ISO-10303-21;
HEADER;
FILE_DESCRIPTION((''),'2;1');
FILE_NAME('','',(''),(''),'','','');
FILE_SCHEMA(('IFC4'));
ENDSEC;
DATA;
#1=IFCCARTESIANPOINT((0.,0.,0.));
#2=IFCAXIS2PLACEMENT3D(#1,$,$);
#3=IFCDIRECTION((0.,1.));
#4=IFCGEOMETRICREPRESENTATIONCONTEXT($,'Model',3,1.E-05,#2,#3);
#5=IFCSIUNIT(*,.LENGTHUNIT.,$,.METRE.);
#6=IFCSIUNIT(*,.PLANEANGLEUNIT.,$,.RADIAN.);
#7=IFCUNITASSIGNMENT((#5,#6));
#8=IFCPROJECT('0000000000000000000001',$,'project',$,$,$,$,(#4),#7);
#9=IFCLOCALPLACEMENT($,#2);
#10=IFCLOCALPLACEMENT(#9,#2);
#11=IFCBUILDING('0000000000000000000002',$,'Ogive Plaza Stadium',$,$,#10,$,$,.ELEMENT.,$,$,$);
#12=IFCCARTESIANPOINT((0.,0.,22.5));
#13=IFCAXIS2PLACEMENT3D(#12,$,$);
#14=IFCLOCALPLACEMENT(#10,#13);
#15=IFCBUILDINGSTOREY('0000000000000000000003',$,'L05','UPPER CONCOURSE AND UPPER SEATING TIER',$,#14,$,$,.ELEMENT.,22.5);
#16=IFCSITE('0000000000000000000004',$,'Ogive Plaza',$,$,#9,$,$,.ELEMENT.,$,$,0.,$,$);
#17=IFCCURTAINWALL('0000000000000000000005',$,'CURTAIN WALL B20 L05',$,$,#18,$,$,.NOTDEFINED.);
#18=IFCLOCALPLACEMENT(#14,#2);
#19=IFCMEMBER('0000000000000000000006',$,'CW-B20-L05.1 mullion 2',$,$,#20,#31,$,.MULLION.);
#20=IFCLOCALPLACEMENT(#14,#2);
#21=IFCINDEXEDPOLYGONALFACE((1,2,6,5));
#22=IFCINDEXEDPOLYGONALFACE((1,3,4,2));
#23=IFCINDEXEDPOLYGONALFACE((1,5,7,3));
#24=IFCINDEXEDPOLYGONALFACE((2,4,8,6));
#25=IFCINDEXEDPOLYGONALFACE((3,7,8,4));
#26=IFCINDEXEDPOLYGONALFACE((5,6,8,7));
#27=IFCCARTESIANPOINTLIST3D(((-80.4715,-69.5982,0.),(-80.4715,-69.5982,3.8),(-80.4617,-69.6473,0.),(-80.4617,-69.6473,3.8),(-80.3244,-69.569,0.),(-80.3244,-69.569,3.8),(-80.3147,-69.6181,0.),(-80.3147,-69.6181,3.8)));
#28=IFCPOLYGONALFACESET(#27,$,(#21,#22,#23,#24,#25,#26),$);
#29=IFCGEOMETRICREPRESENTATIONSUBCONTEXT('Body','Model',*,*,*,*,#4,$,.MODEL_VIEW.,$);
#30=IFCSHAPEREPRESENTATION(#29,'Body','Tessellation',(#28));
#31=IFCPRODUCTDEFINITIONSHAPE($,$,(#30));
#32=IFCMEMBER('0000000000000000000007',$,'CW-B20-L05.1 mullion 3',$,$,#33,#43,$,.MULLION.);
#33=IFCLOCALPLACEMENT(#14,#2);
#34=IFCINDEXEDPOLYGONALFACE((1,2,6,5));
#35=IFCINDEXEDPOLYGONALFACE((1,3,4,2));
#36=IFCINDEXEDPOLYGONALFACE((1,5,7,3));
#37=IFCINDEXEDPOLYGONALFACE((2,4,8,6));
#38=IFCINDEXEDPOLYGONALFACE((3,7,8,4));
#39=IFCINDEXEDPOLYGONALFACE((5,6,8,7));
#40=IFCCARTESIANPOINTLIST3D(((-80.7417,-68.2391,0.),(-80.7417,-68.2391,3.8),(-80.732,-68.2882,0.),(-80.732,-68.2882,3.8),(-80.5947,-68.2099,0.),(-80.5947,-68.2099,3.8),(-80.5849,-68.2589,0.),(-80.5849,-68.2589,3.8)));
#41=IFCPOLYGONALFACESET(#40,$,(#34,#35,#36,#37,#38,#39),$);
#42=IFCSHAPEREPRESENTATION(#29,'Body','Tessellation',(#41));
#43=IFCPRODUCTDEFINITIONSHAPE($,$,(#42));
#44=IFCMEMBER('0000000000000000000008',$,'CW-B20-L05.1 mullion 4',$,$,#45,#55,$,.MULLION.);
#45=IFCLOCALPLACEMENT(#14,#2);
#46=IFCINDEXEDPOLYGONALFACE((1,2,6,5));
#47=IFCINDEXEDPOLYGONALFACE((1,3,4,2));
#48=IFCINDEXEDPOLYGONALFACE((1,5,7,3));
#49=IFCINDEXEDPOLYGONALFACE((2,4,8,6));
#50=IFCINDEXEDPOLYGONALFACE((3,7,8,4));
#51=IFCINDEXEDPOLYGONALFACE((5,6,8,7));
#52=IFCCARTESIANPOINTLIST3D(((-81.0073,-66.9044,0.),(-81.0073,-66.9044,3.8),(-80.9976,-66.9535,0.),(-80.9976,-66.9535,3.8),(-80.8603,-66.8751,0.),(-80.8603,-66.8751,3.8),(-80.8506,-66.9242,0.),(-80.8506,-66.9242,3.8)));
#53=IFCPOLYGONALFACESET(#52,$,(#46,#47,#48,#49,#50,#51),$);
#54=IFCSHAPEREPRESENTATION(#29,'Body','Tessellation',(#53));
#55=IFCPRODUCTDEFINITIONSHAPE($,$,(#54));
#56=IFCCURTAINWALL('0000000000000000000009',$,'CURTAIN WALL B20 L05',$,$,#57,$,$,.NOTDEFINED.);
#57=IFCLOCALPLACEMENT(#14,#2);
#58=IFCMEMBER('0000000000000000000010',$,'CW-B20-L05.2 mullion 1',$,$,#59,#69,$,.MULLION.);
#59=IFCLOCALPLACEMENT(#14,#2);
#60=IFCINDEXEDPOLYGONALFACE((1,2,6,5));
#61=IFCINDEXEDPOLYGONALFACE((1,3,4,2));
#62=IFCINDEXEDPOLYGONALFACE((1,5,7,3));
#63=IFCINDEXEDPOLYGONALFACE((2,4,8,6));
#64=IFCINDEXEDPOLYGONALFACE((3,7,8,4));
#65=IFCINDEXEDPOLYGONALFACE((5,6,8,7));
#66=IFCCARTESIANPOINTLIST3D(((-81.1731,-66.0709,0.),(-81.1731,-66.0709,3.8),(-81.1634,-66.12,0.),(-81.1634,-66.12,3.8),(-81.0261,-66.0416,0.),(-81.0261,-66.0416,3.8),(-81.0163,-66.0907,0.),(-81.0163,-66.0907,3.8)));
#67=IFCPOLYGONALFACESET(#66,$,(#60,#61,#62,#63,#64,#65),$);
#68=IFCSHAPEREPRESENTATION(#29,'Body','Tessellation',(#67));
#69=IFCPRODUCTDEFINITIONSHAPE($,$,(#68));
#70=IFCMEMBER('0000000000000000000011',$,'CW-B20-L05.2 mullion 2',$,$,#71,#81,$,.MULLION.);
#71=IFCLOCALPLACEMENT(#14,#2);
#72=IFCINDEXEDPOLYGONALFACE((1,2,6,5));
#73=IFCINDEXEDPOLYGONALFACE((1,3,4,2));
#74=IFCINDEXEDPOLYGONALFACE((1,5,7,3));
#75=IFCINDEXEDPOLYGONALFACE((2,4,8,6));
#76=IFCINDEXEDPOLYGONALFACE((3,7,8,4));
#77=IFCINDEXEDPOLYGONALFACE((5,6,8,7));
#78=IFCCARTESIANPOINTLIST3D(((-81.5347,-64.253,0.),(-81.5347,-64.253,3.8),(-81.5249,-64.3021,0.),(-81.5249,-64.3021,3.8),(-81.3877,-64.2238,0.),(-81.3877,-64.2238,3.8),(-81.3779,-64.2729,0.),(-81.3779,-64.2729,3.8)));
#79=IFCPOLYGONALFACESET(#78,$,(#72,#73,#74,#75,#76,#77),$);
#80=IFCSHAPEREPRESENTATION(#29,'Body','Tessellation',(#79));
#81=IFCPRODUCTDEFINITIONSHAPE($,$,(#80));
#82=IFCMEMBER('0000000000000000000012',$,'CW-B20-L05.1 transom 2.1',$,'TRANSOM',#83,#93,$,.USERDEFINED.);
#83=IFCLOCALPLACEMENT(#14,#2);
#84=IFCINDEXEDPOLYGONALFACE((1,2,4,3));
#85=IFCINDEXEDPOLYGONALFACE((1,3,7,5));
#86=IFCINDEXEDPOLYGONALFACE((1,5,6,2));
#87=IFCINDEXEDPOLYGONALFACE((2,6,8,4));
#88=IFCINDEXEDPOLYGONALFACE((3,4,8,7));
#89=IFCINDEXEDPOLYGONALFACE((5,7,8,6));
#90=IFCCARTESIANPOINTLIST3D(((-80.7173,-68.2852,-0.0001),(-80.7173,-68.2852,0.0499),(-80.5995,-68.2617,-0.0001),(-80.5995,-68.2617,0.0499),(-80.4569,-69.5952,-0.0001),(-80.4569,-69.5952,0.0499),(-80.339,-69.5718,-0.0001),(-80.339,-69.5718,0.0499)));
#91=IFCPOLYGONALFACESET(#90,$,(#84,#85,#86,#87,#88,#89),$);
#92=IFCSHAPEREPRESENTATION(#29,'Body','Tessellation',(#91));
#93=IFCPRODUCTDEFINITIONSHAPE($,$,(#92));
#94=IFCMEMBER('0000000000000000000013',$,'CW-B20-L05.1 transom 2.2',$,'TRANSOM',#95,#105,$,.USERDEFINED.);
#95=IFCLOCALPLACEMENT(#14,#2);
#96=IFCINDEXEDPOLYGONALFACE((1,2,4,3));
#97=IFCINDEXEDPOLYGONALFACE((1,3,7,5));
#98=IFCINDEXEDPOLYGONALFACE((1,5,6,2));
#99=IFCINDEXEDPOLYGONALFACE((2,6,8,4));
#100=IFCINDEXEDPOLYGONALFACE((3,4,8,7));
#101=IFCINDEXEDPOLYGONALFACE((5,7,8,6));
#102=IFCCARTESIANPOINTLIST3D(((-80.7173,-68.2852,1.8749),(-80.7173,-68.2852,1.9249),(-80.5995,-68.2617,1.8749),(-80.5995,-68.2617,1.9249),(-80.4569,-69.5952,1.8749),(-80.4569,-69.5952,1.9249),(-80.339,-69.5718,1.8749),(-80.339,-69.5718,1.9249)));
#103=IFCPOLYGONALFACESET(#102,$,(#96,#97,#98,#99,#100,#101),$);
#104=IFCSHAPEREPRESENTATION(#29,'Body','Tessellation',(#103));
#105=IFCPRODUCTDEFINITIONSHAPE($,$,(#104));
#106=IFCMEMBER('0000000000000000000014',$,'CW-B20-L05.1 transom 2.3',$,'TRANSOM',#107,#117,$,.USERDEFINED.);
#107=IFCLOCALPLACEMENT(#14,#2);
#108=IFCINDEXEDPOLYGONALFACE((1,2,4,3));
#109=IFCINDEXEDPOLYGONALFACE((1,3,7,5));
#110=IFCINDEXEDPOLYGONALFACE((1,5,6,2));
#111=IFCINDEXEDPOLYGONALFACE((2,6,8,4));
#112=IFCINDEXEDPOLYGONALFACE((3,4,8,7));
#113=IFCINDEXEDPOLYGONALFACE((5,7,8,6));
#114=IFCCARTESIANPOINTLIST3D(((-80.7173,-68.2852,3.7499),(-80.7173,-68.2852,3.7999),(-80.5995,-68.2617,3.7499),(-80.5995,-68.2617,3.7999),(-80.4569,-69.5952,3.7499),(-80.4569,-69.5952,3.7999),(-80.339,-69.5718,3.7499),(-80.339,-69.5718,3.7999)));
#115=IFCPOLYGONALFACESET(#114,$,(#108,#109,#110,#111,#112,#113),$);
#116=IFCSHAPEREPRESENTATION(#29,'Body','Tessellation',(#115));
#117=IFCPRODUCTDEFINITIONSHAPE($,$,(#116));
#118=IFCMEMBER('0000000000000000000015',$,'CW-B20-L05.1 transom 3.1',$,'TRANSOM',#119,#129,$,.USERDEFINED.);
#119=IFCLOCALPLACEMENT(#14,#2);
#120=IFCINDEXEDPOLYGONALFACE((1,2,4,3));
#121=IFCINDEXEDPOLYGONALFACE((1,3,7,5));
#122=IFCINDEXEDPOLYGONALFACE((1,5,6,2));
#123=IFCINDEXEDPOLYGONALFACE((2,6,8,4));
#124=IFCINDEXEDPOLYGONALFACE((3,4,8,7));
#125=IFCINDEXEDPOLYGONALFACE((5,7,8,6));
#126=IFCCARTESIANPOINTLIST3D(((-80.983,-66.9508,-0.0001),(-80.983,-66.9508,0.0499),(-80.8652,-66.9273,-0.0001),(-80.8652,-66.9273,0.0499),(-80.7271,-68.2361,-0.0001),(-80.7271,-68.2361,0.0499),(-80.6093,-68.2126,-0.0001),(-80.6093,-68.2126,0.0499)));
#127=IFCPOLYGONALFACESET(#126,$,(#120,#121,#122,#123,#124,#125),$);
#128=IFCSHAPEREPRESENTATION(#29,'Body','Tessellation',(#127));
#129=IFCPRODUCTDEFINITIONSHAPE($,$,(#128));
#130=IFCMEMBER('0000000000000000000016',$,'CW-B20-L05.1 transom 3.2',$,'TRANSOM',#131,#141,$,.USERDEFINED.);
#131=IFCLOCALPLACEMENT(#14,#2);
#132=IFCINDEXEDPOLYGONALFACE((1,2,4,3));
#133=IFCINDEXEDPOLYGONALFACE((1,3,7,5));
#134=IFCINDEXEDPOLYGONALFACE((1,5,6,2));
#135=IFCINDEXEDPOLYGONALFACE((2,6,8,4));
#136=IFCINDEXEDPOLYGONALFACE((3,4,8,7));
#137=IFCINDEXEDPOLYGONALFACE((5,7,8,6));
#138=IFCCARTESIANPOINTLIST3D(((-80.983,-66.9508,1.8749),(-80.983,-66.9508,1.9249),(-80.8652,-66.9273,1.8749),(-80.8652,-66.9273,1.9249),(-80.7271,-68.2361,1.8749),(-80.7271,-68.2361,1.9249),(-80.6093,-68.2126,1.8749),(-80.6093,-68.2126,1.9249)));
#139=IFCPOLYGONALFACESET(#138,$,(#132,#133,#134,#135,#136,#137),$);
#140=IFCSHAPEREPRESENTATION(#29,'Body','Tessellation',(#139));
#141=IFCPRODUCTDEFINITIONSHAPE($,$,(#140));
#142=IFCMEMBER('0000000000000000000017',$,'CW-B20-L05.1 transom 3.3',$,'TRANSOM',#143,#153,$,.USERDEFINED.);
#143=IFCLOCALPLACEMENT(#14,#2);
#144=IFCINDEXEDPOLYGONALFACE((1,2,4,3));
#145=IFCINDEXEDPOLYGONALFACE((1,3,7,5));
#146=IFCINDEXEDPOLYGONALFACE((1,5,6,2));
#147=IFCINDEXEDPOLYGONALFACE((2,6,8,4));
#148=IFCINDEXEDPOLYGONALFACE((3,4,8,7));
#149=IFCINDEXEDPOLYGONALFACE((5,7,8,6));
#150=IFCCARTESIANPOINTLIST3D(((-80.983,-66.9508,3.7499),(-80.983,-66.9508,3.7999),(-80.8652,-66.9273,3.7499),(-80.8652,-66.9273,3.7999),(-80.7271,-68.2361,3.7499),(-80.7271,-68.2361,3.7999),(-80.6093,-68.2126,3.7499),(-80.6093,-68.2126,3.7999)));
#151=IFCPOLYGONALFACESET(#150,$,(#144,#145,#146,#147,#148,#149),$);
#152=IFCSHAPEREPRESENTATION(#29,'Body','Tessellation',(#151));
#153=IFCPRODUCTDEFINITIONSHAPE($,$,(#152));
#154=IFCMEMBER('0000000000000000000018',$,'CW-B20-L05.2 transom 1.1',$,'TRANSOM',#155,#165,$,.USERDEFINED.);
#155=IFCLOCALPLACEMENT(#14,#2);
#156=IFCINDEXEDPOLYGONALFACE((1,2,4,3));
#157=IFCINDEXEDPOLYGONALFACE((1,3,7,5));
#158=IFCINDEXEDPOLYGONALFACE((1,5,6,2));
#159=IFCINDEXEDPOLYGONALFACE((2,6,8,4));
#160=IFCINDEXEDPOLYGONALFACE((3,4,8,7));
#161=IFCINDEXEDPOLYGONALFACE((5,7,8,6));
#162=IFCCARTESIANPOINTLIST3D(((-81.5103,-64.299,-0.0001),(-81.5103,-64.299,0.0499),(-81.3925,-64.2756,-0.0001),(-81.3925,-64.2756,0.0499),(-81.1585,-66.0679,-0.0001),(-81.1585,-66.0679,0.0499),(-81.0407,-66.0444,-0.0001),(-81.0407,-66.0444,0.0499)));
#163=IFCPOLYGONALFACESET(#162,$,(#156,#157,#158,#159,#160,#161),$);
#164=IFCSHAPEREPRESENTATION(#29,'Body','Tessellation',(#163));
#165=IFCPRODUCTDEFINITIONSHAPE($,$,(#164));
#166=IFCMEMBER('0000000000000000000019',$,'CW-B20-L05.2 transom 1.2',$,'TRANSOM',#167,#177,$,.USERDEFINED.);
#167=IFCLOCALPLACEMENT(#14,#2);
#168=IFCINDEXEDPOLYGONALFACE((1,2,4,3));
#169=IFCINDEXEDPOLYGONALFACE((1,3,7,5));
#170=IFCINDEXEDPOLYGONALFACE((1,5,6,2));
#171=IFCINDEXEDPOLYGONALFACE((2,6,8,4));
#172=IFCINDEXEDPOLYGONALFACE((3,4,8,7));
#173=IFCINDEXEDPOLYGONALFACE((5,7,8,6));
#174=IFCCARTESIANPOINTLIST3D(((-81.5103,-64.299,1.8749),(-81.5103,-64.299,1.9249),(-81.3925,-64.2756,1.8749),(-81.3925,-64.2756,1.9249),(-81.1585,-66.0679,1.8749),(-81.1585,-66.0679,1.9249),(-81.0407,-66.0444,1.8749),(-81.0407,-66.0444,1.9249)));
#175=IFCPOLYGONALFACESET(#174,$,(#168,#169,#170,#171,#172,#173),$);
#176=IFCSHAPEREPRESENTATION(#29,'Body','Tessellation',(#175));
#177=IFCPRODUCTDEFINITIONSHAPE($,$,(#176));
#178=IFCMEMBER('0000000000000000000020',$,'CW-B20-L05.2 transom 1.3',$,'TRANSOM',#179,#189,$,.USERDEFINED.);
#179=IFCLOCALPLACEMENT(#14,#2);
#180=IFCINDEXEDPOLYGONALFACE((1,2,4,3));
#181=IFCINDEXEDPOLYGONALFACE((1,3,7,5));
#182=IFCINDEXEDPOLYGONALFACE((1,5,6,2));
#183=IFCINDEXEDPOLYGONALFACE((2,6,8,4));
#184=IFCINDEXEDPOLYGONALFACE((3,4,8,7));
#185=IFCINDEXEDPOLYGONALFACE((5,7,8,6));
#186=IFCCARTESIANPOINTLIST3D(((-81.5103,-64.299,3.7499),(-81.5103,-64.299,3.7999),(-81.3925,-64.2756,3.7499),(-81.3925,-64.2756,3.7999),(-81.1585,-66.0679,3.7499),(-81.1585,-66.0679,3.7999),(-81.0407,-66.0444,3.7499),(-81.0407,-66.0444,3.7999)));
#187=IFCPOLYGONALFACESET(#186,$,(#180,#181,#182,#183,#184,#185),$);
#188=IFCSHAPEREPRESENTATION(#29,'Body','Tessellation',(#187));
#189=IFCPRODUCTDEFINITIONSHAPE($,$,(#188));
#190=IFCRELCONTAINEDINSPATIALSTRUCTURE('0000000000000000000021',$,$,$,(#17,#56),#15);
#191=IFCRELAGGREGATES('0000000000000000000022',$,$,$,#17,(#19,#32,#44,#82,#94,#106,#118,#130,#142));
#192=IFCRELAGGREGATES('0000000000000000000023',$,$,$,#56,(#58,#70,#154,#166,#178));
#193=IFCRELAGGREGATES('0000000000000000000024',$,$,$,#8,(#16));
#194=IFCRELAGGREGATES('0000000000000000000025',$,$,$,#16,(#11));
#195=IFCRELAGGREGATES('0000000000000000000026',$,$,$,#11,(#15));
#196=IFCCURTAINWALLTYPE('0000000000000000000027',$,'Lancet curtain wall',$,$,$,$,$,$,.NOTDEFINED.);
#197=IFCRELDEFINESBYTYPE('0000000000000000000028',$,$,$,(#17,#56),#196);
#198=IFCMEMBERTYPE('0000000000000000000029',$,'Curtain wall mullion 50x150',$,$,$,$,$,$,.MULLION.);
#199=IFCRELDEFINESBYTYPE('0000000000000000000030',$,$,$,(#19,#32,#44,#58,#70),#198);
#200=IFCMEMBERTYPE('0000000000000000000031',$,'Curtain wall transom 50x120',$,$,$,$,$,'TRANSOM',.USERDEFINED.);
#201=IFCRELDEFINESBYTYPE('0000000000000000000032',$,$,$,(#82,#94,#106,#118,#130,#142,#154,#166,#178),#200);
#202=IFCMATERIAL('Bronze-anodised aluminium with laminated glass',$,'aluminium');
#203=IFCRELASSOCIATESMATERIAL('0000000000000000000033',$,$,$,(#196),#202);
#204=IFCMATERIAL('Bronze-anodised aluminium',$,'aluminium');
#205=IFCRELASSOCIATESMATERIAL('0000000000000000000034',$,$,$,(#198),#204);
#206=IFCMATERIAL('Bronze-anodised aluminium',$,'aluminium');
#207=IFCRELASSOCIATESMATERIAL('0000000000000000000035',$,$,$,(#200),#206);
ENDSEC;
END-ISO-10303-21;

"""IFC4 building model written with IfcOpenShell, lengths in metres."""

from ifc_helpers import new_model, si_unit, direction, frame, origin, origin_2d, place, context, subcontext, project, spatial, rectangle, extrude, material, material_profile, profile_set, type_object, element, aggregate, save


model = new_model("IFC4")

# Units and contexts
model_context = context("Model", 3, precision=1e-05, world=origin(), true_north=direction((0.0, 1.0)))
body_context = subcontext(model_context, "Body", "Model", "MODEL_VIEW")
ifc_project = project(units=[si_unit("LENGTHUNIT", "METRE"), si_unit("PLANEANGLEUNIT", "RADIAN")], contexts=[model_context])

# Site, building, storey
site_placement = place(None, origin())
site = spatial("IfcSite", under=ifc_project, at=site_placement, Name="Ogive Plaza", CompositionType="ELEMENT", RefElevation=0.0)
building_placement = place(site_placement, origin())
building = spatial("IfcBuilding", under=site, at=building_placement, Name="Ogive Plaza Stadium", CompositionType="ELEMENT")
storey_placement = place(building_placement, frame((0.0, 0.0, 22.5)))
storey = spatial("IfcBuildingStorey", under=building, at=storey_placement, Name="L05", Description="UPPER CONCOURSE AND UPPER SEATING TIER", CompositionType="ELEMENT", Elevation=22.5)

# Curtain walls, members
ifc_material_1 = material(Name="Bronze-anodised aluminium with laminated glass", Category="aluminium")
curtain_wall_type = type_object("IfcCurtainWallType", Name="Lancet curtain wall", PredefinedType="NOTDEFINED", material=ifc_material_1)
curtain_wall_1_placement = place(storey_placement, origin())
curtain_wall_1 = element("IfcCurtainWall", 1, at=curtain_wall_1_placement, inside=storey, type_object=curtain_wall_type, Name="CURTAIN WALL B20 L05", PredefinedType="NOTDEFINED")
ifc_material_2 = material(Name="Bronze-anodised aluminium", Category="aluminium")
ifc_material_profile_1 = material_profile(ifc_material_2, rectangle(XDim=0.1499, YDim=0.05, at=origin_2d()), Name="AL 150x50")
ifc_profile_set_1 = profile_set([ifc_material_profile_1], Name="Bronze-anodised aluminium")
member_type_1 = type_object("IfcMemberType", Name="Curtain wall mullion 50x150", PredefinedType="MULLION", material=ifc_profile_set_1)
member_1_placement = place(storey_placement, frame((-80.3931, -69.6082, 0.0), z_axis=(0.0, 0.0, 1.0), x_axis=(-0.980785, -0.19509, 0.0)))
member_1 = element("IfcMember", 2, at=member_1_placement, type_object=member_type_1, Name="CW-B20-L05.1 mullion 2", PredefinedType="MULLION", context=body_context, shape_type="SweptSolid", body=[
    extrude(rectangle(XDim=0.1499, YDim=0.05, at=origin_2d()), origin(), (0.0, 0.0, 1.0), 3.8),
])
member_2_placement = place(storey_placement, frame((-80.6633, -68.249, 0.0), z_axis=(0.0, 0.0, 1.0), x_axis=(-0.980785, -0.19509, 0.0)))
member_2 = element("IfcMember", 3, at=member_2_placement, type_object=member_type_1, Name="CW-B20-L05.1 mullion 3", PredefinedType="MULLION", context=body_context, shape_type="SweptSolid", body=[
    extrude(rectangle(XDim=0.1499, YDim=0.05, at=origin_2d()), origin(), (0.0, 0.0, 1.0), 3.8),
])
member_3_placement = place(storey_placement, frame((-80.929, -66.9143, 0.0), z_axis=(0.0, 0.0, 1.0), x_axis=(-0.980785, -0.19509, 0.0)))
member_3 = element("IfcMember", 4, at=member_3_placement, type_object=member_type_1, Name="CW-B20-L05.1 mullion 4", PredefinedType="MULLION", context=body_context, shape_type="SweptSolid", body=[
    extrude(rectangle(XDim=0.1499, YDim=0.05, at=origin_2d()), origin(), (0.0, 0.0, 1.0), 3.8),
])
curtain_wall_2_placement = place(storey_placement, origin())
curtain_wall_2 = element("IfcCurtainWall", 5, at=curtain_wall_2_placement, inside=storey, type_object=curtain_wall_type, Name="CURTAIN WALL B20 L05", PredefinedType="NOTDEFINED")
member_4_placement = place(storey_placement, frame((-81.0947, -66.0808, 0.0), z_axis=(0.0, 0.0, 1.0), x_axis=(-0.980785, -0.19509, 0.0)))
member_4 = element("IfcMember", 6, at=member_4_placement, type_object=member_type_1, Name="CW-B20-L05.2 mullion 1", PredefinedType="MULLION", context=body_context, shape_type="SweptSolid", body=[
    extrude(rectangle(XDim=0.1499, YDim=0.05, at=origin_2d()), origin(), (0.0, 0.0, 1.0), 3.8),
])
member_5_placement = place(storey_placement, frame((-81.4563, -64.2629, 0.0), z_axis=(0.0, 0.0, 1.0), x_axis=(-0.980785, -0.19509, 0.0)))
member_5 = element("IfcMember", 7, at=member_5_placement, type_object=member_type_1, Name="CW-B20-L05.2 mullion 2", PredefinedType="MULLION", context=body_context, shape_type="SweptSolid", body=[
    extrude(rectangle(XDim=0.1499, YDim=0.05, at=origin_2d()), origin(), (0.0, 0.0, 1.0), 3.8),
])

# Members
ifc_material_3 = material(Name="Bronze-anodised aluminium", Category="aluminium")
ifc_material_profile_2 = material_profile(ifc_material_3, rectangle(XDim=0.1201, YDim=0.05, at=origin_2d()), Name="AL 120x50")
ifc_profile_set_2 = profile_set([ifc_material_profile_2], Name="Bronze-anodised aluminium")
member_type_2 = type_object("IfcMemberType", Name="Curtain wall transom 50x120", ElementType="TRANSOM", PredefinedType="USERDEFINED", material=ifc_profile_set_2)
member_6_placement = place(storey_placement, frame((-80.3979, -69.5835, 0.0249), z_axis=(-0.195026, 0.980798, 0.0), x_axis=(-0.980798, -0.195026, 0.0)))
member_6 = element("IfcMember", 8, at=member_6_placement, type_object=member_type_2, Name="CW-B20-L05.1 transom 2.1", ObjectType="TRANSOM", PredefinedType="USERDEFINED", context=body_context, shape_type="SweptSolid", body=[
    extrude(rectangle(XDim=0.1201, YDim=0.05, at=origin_2d()), origin(), (0.0, 0.0, 1.0), 1.3357),
])
member_7_placement = place(storey_placement, frame((-80.3979, -69.5835, 1.8999), z_axis=(-0.195026, 0.980798, 0.0), x_axis=(-0.980798, -0.195026, 0.0)))
member_7 = element("IfcMember", 9, at=member_7_placement, type_object=member_type_2, Name="CW-B20-L05.1 transom 2.2", ObjectType="TRANSOM", PredefinedType="USERDEFINED", context=body_context, shape_type="SweptSolid", body=[
    extrude(rectangle(XDim=0.1201, YDim=0.05, at=origin_2d()), origin(), (0.0, 0.0, 1.0), 1.3357),
])
member_8_placement = place(storey_placement, frame((-80.3979, -69.5835, 3.7749), z_axis=(-0.195026, 0.980798, 0.0), x_axis=(-0.980798, -0.195026, 0.0)))
member_8 = element("IfcMember", 10, at=member_8_placement, type_object=member_type_2, Name="CW-B20-L05.1 transom 2.3", ObjectType="TRANSOM", PredefinedType="USERDEFINED", context=body_context, shape_type="SweptSolid", body=[
    extrude(rectangle(XDim=0.1201, YDim=0.05, at=origin_2d()), origin(), (0.0, 0.0, 1.0), 1.3357),
])
member_9_placement = place(storey_placement, frame((-80.6682, -68.2244, 0.0249), z_axis=(-0.19522, 0.980759, 0.0), x_axis=(-0.980759, -0.19522, 0.0)))
member_9 = element("IfcMember", 11, at=member_9_placement, type_object=member_type_2, Name="CW-B20-L05.1 transom 3.1", ObjectType="TRANSOM", PredefinedType="USERDEFINED", context=body_context, shape_type="SweptSolid", body=[
    extrude(rectangle(XDim=0.1201, YDim=0.05, at=origin_2d()), origin(), (0.0, 0.0, 1.0), 1.3105),
])
member_10_placement = place(storey_placement, frame((-80.6682, -68.2244, 1.8999), z_axis=(-0.19522, 0.980759, 0.0), x_axis=(-0.980759, -0.19522, 0.0)))
member_10 = element("IfcMember", 12, at=member_10_placement, type_object=member_type_2, Name="CW-B20-L05.1 transom 3.2", ObjectType="TRANSOM", PredefinedType="USERDEFINED", context=body_context, shape_type="SweptSolid", body=[
    extrude(rectangle(XDim=0.1201, YDim=0.05, at=origin_2d()), origin(), (0.0, 0.0, 1.0), 1.3105),
])
member_11_placement = place(storey_placement, frame((-80.6682, -68.2244, 3.7749), z_axis=(-0.19522, 0.980759, 0.0), x_axis=(-0.980759, -0.19522, 0.0)))
member_11 = element("IfcMember", 13, at=member_11_placement, type_object=member_type_2, Name="CW-B20-L05.1 transom 3.3", ObjectType="TRANSOM", PredefinedType="USERDEFINED", context=body_context, shape_type="SweptSolid", body=[
    extrude(rectangle(XDim=0.1201, YDim=0.05, at=origin_2d()), origin(), (0.0, 0.0, 1.0), 1.3105),
])
member_12_placement = place(storey_placement, frame((-81.0996, -66.0562, 0.0249), z_axis=(-0.195075, 0.980788, 0.0), x_axis=(-0.980788, -0.195075, 0.0)))
member_12 = element("IfcMember", 14, at=member_12_placement, type_object=member_type_2, Name="CW-B20-L05.2 transom 1.1", ObjectType="TRANSOM", PredefinedType="USERDEFINED", context=body_context, shape_type="SweptSolid", body=[
    extrude(rectangle(XDim=0.1201, YDim=0.05, at=origin_2d()), origin(), (0.0, 0.0, 1.0), 1.8035),
])
member_13_placement = place(storey_placement, frame((-81.0996, -66.0562, 1.8999), z_axis=(-0.195075, 0.980788, 0.0), x_axis=(-0.980788, -0.195075, 0.0)))
member_13 = element("IfcMember", 15, at=member_13_placement, type_object=member_type_2, Name="CW-B20-L05.2 transom 1.2", ObjectType="TRANSOM", PredefinedType="USERDEFINED", context=body_context, shape_type="SweptSolid", body=[
    extrude(rectangle(XDim=0.1201, YDim=0.05, at=origin_2d()), origin(), (0.0, 0.0, 1.0), 1.8035),
])
member_14_placement = place(storey_placement, frame((-81.0996, -66.0562, 3.7749), z_axis=(-0.195075, 0.980788, 0.0), x_axis=(-0.980788, -0.195075, 0.0)))
member_14 = element("IfcMember", 16, at=member_14_placement, type_object=member_type_2, Name="CW-B20-L05.2 transom 1.3", ObjectType="TRANSOM", PredefinedType="USERDEFINED", context=body_context, shape_type="SweptSolid", body=[
    extrude(rectangle(XDim=0.1201, YDim=0.05, at=origin_2d()), origin(), (0.0, 0.0, 1.0), 1.8035),
])

aggregate(curtain_wall_1, [member_1, member_2, member_3, member_6, member_7, member_8, member_9, member_10, member_11])
aggregate(curtain_wall_2, [member_4, member_5, member_12, member_13, member_14])

save(model, "model.ifc")
